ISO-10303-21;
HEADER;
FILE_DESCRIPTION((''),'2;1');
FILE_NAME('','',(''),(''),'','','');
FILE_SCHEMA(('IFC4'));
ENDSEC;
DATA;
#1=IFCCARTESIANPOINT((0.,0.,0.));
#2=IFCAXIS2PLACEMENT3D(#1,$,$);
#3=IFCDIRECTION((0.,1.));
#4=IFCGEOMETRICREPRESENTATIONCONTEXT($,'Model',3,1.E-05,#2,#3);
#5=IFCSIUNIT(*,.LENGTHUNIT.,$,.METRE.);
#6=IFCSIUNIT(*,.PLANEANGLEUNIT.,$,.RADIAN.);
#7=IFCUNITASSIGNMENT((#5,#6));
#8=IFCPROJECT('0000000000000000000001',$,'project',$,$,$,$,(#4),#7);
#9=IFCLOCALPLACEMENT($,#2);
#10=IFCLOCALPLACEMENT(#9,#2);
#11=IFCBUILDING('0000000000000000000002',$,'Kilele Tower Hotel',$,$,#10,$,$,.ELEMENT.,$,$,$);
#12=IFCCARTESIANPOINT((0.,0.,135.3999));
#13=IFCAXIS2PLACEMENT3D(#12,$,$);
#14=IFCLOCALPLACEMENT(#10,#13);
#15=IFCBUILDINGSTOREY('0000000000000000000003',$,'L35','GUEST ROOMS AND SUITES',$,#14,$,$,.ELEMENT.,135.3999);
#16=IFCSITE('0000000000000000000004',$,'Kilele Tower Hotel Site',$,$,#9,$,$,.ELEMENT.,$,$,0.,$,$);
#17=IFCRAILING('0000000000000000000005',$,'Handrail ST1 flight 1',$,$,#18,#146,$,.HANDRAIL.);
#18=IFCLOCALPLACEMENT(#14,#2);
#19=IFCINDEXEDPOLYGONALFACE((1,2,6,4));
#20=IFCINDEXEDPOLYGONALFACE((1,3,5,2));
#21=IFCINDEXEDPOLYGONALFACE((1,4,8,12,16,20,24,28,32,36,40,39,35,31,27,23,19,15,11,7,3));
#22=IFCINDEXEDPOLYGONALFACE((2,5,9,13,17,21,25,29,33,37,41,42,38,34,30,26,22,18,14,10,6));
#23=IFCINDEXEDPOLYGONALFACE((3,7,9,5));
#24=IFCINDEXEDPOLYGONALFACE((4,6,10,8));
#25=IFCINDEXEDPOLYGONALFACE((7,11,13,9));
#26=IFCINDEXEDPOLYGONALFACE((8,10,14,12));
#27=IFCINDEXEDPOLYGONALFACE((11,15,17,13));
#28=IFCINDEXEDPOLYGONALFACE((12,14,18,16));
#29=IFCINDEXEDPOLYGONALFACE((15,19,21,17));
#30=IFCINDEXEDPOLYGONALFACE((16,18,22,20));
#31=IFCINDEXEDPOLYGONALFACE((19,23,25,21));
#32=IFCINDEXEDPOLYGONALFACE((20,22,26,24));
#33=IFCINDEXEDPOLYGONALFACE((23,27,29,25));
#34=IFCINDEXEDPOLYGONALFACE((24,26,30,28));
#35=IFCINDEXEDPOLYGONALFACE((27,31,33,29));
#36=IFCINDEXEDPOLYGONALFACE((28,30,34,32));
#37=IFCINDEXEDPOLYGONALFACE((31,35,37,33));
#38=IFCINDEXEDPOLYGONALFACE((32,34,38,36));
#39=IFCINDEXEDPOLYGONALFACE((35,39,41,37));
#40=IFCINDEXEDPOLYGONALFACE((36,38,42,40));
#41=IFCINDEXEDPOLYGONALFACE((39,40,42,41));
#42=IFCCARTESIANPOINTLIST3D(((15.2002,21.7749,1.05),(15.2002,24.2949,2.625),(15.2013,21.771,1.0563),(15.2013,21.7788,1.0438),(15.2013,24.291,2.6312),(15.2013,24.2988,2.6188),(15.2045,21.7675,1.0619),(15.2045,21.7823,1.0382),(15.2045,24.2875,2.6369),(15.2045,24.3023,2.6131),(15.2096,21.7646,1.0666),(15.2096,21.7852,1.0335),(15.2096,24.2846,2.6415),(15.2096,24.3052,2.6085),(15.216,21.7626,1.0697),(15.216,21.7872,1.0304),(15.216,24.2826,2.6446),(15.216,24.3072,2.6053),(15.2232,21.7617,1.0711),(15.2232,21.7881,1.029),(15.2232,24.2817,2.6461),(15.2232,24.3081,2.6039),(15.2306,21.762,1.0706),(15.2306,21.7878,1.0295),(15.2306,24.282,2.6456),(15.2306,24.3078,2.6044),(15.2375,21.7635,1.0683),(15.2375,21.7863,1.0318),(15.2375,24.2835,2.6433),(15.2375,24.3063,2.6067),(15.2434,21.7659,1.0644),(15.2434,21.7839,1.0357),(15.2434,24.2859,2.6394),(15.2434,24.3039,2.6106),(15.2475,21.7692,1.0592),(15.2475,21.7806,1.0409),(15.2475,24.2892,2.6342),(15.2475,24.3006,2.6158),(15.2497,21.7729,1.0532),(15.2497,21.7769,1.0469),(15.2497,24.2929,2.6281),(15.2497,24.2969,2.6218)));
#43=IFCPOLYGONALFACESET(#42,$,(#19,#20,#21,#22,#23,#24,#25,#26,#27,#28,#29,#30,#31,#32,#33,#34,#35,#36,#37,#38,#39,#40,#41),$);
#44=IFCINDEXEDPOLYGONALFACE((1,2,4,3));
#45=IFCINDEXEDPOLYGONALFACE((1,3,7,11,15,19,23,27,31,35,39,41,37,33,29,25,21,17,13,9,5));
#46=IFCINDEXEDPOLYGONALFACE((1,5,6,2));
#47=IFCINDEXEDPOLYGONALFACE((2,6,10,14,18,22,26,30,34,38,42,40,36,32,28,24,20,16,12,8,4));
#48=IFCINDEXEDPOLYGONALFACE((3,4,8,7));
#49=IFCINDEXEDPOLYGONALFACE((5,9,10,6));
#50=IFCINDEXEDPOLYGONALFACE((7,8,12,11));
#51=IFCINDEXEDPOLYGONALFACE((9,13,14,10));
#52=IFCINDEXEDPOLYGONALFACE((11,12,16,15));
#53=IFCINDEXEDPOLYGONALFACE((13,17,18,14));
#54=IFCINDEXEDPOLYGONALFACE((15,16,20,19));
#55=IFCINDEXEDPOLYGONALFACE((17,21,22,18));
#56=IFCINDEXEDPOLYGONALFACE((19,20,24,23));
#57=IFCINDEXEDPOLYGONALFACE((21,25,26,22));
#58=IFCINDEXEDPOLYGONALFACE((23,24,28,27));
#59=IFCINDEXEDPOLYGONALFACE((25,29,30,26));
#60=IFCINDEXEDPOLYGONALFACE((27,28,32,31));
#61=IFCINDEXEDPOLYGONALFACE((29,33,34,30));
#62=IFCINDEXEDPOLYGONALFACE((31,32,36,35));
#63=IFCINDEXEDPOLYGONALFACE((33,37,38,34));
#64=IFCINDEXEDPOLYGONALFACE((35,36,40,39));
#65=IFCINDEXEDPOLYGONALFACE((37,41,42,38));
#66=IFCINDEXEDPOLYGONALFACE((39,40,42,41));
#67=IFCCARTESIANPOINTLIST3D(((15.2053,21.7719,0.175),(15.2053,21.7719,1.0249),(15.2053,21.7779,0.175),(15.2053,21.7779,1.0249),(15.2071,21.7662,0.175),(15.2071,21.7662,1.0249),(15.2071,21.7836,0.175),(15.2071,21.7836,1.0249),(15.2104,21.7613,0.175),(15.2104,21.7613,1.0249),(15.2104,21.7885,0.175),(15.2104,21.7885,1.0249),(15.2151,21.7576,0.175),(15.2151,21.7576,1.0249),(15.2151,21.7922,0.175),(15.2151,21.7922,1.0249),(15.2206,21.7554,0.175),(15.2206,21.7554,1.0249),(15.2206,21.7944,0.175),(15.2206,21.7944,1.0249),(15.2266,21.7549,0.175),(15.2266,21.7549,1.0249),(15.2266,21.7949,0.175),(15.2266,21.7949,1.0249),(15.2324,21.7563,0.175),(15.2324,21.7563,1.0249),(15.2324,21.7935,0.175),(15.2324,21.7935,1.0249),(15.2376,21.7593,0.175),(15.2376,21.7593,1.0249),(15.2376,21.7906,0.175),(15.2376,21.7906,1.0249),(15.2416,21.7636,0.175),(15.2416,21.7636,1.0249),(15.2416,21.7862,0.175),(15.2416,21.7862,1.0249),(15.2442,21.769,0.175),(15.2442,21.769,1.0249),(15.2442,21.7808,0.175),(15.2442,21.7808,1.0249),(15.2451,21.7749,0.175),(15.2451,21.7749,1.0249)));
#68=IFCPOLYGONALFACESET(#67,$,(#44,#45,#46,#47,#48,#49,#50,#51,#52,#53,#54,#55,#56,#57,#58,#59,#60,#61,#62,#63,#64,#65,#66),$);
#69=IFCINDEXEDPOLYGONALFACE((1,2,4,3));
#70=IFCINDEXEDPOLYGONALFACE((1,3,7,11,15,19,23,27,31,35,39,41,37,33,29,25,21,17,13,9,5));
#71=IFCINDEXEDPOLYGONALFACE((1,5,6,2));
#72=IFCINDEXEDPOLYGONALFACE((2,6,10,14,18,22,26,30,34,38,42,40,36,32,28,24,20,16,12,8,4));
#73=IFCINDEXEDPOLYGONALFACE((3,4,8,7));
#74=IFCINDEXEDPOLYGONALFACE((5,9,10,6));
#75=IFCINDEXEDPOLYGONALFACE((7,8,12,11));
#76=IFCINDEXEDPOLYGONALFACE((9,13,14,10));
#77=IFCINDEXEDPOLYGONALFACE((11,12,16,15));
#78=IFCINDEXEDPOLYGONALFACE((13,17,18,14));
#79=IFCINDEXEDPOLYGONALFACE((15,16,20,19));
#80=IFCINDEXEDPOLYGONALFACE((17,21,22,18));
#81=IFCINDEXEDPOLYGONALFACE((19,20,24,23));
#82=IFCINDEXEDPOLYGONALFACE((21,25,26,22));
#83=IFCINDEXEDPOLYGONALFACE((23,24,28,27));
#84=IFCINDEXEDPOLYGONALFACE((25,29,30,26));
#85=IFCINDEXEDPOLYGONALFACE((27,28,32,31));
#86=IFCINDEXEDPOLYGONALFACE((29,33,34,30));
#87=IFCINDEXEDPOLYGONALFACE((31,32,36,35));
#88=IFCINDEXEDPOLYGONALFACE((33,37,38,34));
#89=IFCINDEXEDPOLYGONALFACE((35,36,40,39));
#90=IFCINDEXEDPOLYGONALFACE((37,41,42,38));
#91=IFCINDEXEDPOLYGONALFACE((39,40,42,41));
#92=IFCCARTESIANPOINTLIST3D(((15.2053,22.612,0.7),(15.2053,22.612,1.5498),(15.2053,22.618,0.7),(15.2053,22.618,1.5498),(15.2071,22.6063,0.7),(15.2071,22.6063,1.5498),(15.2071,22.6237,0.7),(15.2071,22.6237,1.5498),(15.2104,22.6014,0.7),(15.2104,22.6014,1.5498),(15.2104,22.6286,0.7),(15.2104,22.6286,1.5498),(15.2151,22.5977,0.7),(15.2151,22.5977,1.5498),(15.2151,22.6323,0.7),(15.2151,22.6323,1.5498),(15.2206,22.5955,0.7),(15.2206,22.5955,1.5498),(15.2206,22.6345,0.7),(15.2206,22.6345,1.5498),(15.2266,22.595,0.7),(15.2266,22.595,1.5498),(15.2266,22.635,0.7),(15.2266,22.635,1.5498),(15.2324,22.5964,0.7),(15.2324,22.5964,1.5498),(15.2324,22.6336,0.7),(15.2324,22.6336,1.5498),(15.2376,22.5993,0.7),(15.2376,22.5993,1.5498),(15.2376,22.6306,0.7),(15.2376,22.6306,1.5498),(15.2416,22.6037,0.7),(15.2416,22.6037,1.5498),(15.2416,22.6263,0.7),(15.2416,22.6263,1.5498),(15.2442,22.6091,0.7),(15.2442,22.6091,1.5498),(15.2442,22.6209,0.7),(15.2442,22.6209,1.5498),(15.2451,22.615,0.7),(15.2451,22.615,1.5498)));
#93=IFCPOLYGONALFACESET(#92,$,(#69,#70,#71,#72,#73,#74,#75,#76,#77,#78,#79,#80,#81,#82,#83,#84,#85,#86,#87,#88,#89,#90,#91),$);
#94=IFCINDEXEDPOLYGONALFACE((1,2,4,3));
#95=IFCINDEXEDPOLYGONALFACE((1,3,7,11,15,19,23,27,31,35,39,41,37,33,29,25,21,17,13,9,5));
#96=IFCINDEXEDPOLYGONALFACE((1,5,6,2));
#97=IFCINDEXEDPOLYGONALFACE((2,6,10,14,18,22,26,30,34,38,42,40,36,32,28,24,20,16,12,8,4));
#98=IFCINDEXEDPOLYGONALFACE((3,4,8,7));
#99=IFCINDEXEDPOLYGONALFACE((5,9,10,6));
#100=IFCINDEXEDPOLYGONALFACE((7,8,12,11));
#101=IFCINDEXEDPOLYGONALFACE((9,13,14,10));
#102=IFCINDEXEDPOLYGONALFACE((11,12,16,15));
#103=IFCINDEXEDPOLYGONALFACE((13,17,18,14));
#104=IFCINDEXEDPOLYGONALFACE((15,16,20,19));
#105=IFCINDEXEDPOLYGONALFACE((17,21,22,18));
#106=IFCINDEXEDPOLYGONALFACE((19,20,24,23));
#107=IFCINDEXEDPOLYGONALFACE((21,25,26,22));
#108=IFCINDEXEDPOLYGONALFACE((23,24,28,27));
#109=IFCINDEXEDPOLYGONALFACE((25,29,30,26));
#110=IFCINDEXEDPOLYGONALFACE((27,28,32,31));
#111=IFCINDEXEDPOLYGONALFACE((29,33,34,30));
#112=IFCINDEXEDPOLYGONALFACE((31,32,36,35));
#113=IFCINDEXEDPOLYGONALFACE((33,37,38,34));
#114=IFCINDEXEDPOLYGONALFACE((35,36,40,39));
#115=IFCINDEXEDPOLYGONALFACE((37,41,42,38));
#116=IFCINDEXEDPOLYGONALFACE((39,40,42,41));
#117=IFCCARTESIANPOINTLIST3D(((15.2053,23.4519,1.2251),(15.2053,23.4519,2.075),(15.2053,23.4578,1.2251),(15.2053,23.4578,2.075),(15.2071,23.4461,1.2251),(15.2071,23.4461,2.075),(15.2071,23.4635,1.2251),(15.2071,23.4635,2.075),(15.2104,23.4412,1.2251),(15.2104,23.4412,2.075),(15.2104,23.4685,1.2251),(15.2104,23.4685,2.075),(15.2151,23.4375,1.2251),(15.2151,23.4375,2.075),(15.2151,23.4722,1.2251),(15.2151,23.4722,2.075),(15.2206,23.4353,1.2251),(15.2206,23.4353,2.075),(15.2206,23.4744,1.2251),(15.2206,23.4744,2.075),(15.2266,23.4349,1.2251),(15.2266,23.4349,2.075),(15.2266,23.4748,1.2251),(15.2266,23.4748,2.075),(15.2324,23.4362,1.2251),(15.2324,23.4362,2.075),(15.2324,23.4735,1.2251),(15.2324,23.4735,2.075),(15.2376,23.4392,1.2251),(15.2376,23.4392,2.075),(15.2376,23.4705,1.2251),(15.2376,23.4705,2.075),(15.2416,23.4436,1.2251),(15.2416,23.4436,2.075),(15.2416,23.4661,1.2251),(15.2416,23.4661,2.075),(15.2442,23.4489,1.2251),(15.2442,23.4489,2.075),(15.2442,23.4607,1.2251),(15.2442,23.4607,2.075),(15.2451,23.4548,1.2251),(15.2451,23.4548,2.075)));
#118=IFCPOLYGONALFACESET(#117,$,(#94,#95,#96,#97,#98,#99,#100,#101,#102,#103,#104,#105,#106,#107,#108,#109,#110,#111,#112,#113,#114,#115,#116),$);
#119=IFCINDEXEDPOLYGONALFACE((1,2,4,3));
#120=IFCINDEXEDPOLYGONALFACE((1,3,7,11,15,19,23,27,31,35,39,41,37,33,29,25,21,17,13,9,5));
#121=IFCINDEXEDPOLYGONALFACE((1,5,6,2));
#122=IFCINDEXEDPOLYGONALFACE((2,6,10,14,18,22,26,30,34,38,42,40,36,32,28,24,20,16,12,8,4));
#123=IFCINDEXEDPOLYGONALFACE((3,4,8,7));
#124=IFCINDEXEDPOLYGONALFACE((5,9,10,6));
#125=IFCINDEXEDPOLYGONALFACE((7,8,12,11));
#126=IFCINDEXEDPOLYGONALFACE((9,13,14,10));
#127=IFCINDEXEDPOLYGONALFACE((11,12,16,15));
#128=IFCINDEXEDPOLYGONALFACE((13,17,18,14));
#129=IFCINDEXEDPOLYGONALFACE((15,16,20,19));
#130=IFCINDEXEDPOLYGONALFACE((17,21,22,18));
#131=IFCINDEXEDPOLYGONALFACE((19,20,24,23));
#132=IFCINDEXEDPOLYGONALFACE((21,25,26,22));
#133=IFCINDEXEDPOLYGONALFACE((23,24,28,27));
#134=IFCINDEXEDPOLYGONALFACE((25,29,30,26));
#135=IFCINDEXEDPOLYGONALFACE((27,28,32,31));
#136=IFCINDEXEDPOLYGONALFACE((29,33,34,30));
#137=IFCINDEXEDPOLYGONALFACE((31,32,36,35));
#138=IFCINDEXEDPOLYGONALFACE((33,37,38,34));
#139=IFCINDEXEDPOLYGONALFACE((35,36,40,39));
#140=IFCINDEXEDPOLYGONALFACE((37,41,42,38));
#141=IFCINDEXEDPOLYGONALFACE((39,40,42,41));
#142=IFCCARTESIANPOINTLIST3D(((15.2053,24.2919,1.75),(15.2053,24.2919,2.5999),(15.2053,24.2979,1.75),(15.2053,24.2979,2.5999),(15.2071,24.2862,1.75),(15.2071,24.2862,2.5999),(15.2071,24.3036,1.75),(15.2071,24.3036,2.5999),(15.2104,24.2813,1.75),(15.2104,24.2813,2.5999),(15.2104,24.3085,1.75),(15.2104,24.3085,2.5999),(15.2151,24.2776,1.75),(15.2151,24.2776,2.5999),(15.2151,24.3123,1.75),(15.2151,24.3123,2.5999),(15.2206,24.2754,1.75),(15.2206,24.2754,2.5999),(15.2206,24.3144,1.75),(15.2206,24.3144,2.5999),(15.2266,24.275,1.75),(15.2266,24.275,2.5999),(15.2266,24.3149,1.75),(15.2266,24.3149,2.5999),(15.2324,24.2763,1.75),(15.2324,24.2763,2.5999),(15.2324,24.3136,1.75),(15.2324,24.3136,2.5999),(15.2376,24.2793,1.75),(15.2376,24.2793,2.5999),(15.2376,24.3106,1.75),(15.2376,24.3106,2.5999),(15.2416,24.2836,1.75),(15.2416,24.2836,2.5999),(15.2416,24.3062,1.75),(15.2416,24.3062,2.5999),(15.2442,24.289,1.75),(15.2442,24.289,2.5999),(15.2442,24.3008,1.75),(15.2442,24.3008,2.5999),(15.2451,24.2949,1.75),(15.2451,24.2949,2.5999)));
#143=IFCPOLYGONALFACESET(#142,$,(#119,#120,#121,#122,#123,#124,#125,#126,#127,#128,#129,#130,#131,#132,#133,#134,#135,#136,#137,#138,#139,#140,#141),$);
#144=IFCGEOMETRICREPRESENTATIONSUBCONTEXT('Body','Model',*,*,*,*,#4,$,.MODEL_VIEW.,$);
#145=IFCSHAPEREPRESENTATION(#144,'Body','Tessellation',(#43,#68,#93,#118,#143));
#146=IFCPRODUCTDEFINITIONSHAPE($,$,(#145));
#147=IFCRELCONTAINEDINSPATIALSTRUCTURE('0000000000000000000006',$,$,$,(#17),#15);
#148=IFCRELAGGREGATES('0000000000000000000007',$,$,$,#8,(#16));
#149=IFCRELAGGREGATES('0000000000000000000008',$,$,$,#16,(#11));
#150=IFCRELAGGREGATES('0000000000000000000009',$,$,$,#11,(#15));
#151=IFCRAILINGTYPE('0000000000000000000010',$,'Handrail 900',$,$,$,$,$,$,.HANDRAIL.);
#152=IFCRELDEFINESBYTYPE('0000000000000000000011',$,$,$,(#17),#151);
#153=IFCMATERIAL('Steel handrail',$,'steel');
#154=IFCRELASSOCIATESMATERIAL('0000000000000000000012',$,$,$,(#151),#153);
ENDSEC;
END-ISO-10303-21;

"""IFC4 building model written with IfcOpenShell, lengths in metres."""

from ifc_helpers import new_model, si_unit, direction, frame, origin, origin_2d, place, context, subcontext, project, spatial, circle, extrude, material, type_object, element, save


model = new_model("IFC4")

# Units and contexts
model_context = context("Model", 3, precision=1e-05, world=origin(), true_north=direction((0.0, 1.0)))
body_context = subcontext(model_context, "Body", "Model", "MODEL_VIEW")
ifc_project = project(units=[si_unit("LENGTHUNIT", "METRE"), si_unit("PLANEANGLEUNIT", "RADIAN")], contexts=[model_context])

# Site, building, storey
site_placement = place(None, origin())
site = spatial("IfcSite", under=ifc_project, at=site_placement, Name="Kilele Tower Hotel Site", CompositionType="ELEMENT", RefElevation=0.0)
building_placement = place(site_placement, origin())
building = spatial("IfcBuilding", under=site, at=building_placement, Name="Kilele Tower Hotel", CompositionType="ELEMENT")
storey_placement = place(building_placement, frame((0.0, 0.0, 135.3999)))
storey = spatial("IfcBuildingStorey", under=building, at=storey_placement, Name="L35", Description="GUEST ROOMS AND SUITES", CompositionType="ELEMENT", Elevation=135.3999)

# Railing
ifc_material_1 = material(Name="Steel handrail", Category="steel")
railing_type_1 = type_object("IfcRailingType", Name="Handrail 900", PredefinedType="HANDRAIL", material=ifc_material_1)
for number, where, name in (
    (1, (15.2251, 21.7749, 0.175), "Handrail ST1 flight 1"),
):
    element("IfcRailing", number, at=place(storey_placement, frame(where)), inside=storey, type_object=railing_type_1, Name=name, PredefinedType="HANDRAIL", context=body_context, shape_type="SweptSolid", body=[
        extrude(circle(Radius=0.0249, at=origin_2d()), frame((0.0, 0.0, 0.875), z_axis=(0.0, 0.848008, 0.529984), x_axis=(-1.0, 0.0, 0.0)), (0.0, 0.0, 1.0), 2.9717),
        extrude(circle(Radius=0.02, at=origin_2d()), origin(), (0.0, 0.0, 1.0), 0.8499),
        extrude(circle(Radius=0.02, at=origin_2d()), frame((0.0, 0.8401, 0.5249)), (0.0, 0.0, 1.0), 0.8499),
        extrude(circle(Radius=0.02, at=origin_2d()), frame((0.0, 1.6799, 1.05)), (0.0, 0.0, 1.0), 0.8499),
        extrude(circle(Radius=0.02, at=origin_2d()), frame((0.0, 2.52, 1.575)), (0.0, 0.0, 1.0), 0.8499),
    ])

save(model, "model.ifc")
